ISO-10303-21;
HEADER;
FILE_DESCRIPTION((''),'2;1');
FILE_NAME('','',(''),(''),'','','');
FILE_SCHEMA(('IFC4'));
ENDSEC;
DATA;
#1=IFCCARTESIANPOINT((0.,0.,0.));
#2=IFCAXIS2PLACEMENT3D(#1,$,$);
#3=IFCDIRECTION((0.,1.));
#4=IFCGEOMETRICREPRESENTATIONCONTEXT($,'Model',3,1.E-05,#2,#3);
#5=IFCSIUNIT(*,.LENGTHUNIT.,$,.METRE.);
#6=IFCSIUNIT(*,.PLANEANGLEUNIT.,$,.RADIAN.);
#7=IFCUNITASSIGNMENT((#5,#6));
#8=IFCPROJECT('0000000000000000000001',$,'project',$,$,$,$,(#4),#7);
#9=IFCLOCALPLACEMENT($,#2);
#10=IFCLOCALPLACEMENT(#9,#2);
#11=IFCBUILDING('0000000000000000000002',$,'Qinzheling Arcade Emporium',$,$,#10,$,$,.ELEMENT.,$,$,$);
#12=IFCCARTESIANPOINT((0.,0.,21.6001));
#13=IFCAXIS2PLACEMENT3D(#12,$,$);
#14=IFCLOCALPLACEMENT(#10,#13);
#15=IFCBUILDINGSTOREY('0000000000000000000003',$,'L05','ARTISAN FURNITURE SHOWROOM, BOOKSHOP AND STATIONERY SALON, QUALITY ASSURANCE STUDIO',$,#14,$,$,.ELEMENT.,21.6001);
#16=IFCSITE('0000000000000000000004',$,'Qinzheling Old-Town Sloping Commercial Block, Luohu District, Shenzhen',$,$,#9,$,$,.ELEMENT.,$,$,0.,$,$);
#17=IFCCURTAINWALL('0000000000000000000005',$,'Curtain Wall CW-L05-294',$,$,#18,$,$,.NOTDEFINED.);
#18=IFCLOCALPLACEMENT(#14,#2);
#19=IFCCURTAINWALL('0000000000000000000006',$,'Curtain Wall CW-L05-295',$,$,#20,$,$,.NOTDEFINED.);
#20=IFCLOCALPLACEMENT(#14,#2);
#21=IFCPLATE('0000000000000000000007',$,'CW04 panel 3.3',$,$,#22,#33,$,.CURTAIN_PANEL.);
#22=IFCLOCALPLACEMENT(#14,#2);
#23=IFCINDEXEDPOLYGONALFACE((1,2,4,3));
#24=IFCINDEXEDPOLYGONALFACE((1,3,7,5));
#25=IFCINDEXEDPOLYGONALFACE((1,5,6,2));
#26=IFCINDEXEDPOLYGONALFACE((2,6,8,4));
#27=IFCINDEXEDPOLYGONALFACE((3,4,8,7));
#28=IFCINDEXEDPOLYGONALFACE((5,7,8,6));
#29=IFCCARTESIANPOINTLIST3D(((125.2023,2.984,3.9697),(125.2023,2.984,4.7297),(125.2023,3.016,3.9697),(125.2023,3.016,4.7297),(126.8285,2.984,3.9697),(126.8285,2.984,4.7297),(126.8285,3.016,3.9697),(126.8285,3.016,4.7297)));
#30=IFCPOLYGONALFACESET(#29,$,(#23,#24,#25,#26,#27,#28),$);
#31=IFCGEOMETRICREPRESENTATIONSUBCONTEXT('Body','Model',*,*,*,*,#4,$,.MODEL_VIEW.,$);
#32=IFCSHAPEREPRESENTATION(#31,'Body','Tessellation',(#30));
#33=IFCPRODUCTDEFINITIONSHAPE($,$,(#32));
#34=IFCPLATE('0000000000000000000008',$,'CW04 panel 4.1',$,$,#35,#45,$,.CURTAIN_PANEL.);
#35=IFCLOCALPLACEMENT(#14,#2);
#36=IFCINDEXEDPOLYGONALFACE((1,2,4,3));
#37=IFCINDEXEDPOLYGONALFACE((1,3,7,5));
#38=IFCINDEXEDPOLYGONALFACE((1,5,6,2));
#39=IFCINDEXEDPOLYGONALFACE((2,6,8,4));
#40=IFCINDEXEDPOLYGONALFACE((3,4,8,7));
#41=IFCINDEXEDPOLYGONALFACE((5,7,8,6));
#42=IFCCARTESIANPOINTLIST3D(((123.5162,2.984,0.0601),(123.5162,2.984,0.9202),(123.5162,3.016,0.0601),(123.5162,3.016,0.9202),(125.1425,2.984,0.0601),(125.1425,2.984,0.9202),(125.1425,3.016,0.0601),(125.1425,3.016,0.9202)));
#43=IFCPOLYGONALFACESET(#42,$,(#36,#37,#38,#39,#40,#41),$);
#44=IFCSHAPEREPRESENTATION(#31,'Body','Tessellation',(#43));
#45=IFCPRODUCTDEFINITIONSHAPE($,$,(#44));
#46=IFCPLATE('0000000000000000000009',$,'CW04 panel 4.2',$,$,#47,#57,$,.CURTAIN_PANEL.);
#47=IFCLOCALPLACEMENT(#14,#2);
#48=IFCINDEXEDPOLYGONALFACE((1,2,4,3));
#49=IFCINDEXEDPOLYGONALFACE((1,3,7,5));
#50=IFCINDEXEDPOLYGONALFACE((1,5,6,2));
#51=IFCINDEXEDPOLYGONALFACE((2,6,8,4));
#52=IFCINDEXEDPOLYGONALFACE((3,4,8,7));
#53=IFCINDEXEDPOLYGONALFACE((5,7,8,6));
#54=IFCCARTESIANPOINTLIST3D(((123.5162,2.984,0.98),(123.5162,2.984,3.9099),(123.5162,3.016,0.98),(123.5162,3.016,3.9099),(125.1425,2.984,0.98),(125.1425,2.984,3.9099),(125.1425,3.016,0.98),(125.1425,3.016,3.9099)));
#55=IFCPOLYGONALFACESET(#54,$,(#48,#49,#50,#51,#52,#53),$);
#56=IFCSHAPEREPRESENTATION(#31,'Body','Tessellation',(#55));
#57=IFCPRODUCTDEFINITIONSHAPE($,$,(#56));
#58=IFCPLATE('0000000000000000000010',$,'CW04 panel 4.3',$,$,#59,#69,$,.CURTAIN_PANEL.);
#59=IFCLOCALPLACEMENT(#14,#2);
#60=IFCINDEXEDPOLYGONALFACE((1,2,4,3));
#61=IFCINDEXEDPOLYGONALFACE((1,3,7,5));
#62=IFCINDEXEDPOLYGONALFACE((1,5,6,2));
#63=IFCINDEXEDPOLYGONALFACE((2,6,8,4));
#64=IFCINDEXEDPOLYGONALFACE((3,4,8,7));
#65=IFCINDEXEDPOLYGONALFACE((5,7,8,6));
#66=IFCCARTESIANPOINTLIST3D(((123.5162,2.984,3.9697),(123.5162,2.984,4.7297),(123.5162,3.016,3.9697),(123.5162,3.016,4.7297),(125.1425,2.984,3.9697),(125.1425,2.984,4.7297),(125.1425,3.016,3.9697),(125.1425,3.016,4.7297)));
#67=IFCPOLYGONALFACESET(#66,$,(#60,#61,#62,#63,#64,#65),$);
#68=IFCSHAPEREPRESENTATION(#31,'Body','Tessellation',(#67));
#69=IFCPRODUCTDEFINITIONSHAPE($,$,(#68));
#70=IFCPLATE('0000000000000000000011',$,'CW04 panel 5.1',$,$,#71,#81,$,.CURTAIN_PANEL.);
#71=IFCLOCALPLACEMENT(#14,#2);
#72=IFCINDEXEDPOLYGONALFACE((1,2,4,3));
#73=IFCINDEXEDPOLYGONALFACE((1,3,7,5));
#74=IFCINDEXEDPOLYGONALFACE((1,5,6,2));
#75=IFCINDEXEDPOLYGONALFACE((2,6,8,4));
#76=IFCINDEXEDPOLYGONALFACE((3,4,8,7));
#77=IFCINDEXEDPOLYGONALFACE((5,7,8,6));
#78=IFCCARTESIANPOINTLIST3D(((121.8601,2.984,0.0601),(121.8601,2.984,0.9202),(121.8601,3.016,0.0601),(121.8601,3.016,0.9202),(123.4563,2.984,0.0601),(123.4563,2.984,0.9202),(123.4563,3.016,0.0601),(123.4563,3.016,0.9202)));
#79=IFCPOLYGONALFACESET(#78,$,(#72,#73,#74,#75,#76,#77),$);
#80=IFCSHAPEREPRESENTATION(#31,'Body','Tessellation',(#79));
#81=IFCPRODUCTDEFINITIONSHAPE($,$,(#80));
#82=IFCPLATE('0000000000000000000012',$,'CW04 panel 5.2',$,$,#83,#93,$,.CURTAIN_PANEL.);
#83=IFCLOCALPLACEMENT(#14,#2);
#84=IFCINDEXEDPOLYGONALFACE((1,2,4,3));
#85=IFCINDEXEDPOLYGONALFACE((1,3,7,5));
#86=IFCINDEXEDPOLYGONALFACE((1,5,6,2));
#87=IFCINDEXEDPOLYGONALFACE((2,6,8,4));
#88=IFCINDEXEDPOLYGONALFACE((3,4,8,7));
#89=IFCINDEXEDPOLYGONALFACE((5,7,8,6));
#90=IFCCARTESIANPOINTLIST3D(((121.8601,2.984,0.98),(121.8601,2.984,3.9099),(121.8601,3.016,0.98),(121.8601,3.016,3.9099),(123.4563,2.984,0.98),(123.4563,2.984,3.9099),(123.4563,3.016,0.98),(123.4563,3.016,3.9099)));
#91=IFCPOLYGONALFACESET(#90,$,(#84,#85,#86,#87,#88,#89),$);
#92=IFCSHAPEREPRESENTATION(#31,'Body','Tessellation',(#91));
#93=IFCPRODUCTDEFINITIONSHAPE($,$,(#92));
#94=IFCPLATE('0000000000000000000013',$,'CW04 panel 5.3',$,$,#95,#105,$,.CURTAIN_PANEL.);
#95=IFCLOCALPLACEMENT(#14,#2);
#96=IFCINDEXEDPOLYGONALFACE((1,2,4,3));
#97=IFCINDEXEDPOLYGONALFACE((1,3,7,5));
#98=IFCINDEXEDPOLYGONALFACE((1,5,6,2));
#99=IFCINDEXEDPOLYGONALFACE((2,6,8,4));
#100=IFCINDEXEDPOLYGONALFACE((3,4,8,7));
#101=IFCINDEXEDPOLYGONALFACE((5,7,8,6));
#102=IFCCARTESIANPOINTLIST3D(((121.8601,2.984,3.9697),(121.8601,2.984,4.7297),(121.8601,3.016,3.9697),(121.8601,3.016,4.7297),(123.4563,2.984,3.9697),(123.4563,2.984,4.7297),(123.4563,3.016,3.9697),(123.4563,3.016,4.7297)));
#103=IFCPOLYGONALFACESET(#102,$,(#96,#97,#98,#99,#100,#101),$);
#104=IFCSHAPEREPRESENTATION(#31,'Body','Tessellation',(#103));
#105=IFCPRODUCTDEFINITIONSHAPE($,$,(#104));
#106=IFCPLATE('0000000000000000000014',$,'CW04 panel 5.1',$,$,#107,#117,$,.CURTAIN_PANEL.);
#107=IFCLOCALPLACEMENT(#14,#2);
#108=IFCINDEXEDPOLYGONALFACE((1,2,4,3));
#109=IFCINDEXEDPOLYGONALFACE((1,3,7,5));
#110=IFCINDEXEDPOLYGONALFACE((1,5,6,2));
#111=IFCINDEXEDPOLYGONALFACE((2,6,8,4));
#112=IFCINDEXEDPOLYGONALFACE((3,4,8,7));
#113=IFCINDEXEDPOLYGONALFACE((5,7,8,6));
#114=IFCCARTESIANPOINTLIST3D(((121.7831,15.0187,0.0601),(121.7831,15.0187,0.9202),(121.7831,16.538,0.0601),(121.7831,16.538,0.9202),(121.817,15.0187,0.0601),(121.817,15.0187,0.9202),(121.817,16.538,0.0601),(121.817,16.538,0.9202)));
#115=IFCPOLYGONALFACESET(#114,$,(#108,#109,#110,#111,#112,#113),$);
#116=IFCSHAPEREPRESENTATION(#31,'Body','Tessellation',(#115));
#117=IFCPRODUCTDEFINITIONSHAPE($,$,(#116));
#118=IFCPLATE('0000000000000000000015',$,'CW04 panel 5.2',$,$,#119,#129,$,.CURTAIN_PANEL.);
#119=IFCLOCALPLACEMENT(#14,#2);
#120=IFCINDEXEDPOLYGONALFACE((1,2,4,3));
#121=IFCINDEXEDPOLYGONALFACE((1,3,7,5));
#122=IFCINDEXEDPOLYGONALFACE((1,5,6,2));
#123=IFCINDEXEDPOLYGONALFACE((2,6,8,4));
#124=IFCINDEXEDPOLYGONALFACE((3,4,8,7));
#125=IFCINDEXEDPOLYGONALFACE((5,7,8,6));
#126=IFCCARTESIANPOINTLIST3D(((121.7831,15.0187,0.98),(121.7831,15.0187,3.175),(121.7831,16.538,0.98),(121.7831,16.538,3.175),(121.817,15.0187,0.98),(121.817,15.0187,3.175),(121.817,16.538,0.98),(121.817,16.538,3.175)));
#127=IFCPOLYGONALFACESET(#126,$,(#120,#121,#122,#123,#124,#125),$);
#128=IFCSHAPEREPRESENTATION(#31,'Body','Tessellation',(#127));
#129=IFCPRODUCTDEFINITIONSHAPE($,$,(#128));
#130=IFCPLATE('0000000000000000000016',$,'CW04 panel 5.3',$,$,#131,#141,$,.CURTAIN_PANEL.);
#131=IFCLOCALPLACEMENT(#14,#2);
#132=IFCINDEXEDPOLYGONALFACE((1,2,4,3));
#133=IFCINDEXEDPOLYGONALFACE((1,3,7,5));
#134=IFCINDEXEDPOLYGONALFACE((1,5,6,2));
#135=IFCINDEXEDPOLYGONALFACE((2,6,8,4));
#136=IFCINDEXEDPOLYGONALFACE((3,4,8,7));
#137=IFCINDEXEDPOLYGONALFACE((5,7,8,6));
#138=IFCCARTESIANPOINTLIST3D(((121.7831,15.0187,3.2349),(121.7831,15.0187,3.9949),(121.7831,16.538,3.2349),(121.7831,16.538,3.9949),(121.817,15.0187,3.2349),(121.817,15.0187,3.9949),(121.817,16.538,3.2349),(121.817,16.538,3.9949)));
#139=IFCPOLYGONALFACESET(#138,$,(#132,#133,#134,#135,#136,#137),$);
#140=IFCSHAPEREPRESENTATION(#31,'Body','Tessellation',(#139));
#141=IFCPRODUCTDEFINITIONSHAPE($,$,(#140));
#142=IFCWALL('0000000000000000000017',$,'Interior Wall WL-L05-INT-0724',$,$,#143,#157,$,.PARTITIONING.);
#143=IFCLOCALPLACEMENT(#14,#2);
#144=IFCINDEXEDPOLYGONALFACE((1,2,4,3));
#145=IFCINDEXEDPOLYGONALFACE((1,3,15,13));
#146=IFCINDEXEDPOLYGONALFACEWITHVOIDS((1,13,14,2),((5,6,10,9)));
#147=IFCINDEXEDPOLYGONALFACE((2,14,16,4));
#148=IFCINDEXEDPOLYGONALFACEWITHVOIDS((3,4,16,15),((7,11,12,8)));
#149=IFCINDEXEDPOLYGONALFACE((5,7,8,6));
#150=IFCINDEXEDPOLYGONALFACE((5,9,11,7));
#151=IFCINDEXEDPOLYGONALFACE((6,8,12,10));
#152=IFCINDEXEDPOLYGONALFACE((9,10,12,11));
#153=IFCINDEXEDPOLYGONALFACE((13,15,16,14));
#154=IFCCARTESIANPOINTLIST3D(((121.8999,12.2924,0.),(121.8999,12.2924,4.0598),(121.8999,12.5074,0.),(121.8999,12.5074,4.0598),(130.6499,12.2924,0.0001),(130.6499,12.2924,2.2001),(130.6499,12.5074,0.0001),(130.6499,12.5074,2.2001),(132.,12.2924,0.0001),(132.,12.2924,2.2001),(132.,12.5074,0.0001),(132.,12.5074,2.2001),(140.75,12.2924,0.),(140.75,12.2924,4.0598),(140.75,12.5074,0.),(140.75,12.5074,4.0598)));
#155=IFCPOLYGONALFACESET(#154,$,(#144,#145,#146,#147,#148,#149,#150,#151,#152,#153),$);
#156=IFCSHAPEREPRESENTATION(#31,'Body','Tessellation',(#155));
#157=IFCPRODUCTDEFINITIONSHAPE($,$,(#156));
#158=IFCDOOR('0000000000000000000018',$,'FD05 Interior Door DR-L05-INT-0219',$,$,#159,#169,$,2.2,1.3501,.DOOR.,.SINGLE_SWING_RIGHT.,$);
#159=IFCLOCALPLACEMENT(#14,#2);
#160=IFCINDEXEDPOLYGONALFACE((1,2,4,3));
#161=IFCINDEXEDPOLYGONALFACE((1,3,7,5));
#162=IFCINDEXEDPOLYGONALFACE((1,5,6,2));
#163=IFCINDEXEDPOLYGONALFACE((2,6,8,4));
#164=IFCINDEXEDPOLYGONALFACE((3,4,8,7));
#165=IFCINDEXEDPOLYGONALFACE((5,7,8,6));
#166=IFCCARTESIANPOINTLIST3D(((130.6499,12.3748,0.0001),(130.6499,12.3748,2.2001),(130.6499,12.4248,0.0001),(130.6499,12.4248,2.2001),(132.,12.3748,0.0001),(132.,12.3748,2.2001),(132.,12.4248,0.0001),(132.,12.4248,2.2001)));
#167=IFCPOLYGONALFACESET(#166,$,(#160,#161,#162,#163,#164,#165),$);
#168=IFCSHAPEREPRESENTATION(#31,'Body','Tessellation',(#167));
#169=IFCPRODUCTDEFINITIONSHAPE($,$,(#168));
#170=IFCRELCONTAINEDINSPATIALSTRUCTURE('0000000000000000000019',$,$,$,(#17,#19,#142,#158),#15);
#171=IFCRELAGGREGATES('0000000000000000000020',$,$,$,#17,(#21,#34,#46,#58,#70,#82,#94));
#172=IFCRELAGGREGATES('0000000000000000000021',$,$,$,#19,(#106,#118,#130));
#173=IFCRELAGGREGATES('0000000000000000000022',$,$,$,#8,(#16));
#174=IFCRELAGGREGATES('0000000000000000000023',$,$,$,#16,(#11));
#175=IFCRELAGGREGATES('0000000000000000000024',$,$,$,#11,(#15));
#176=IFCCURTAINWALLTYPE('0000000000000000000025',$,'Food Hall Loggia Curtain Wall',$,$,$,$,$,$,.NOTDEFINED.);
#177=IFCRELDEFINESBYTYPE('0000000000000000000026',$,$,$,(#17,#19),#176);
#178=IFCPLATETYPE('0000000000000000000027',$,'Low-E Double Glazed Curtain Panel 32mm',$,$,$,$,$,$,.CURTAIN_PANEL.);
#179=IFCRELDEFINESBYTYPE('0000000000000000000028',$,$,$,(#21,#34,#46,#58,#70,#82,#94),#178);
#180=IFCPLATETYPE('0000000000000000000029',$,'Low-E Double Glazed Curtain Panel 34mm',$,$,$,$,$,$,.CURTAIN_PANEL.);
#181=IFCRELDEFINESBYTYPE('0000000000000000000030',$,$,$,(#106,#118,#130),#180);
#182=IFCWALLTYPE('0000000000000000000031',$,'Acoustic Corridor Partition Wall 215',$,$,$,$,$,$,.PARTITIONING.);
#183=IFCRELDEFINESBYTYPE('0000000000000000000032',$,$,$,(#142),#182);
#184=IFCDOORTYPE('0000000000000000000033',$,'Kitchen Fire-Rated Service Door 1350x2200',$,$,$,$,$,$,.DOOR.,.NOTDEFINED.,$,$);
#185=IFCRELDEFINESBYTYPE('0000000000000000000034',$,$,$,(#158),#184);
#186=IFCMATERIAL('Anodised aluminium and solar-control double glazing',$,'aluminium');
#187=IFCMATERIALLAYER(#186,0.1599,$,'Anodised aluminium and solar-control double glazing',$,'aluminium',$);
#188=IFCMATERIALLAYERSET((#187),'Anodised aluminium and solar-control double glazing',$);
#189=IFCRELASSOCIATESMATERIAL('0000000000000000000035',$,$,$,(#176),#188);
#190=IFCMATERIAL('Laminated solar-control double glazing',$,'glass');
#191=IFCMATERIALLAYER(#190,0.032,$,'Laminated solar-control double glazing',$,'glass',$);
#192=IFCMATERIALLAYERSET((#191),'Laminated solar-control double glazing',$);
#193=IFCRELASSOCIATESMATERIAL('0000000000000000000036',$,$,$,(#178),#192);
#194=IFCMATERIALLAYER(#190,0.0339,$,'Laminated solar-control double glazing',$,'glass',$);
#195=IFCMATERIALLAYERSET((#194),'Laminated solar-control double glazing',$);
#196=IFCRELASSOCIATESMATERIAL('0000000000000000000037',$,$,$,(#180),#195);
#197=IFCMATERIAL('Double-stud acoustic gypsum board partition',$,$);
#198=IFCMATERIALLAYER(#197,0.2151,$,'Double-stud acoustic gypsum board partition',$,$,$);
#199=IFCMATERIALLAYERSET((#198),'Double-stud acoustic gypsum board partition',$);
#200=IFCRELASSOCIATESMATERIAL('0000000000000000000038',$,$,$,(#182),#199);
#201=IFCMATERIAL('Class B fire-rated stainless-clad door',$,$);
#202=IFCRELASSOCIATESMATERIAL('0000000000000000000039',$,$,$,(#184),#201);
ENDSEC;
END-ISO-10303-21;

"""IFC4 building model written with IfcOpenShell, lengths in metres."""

from ifc_helpers import new_model, si_unit, direction, frame, frame_2d, origin, origin_2d, place, context, subcontext, project, spatial, rectangle, extrude, material, layer, layer_set, type_object, element, fill, aggregate, save


model = new_model("IFC4")

# Units and contexts
model_context = context("Model", 3, precision=1e-05, world=origin(), true_north=direction((0.0, 1.0)))
body_context = subcontext(model_context, "Body", "Model", "MODEL_VIEW")
ifc_project = project(units=[si_unit("LENGTHUNIT", "METRE"), si_unit("PLANEANGLEUNIT", "RADIAN")], contexts=[model_context])

# Site, building, storey
site_placement = place(None, origin())
site = spatial("IfcSite", under=ifc_project, at=site_placement, Name="Qinzheling Old-Town Sloping Commercial Block, Luohu District, Shenzhen", CompositionType="ELEMENT", RefElevation=0.0)
building_placement = place(site_placement, origin())
building = spatial("IfcBuilding", under=site, at=building_placement, Name="Qinzheling Arcade Emporium", CompositionType="ELEMENT")
storey_placement = place(building_placement, frame((0.0, 0.0, 21.6001)))
storey = spatial("IfcBuildingStorey", under=building, at=storey_placement, Name="L05", Description="ARTISAN FURNITURE SHOWROOM, BOOKSHOP AND STATIONERY SALON, QUALITY ASSURANCE STUDIO", CompositionType="ELEMENT", Elevation=21.6001)

# Curtain wall
ifc_material_1 = material(Name="Anodised aluminium and solar-control double glazing", Category="aluminium")
ifc_layer_1 = layer(ifc_material_1, 0.1599, Name="Anodised aluminium and solar-control double glazing", Category="aluminium")
ifc_layer_set_1 = layer_set([ifc_layer_1], Name="Anodised aluminium and solar-control double glazing")
curtain_wall_type = type_object("IfcCurtainWallType", Name="Food Hall Loggia Curtain Wall", PredefinedType="NOTDEFINED", material=ifc_layer_set_1)
curtain_wall_1_placement = place(storey_placement, origin())
curtain_wall_1 = element("IfcCurtainWall", 1, at=curtain_wall_1_placement, inside=storey, type_object=curtain_wall_type, Name="Curtain Wall CW-L05-294", PredefinedType="NOTDEFINED")

# Curtain wall
curtain_wall_2_placement = place(storey_placement, origin())
curtain_wall_2 = element("IfcCurtainWall", 2, at=curtain_wall_2_placement, inside=storey, type_object=curtain_wall_type, Name="Curtain Wall CW-L05-295", PredefinedType="NOTDEFINED")

# Plates
ifc_material_2 = material(Name="Laminated solar-control double glazing", Category="glass")
ifc_layer_2 = layer(ifc_material_2, 0.032, Name="Laminated solar-control double glazing", Category="glass")
ifc_layer_set_2 = layer_set([ifc_layer_2], Name="Laminated solar-control double glazing")
plate_type_1 = type_object("IfcPlateType", Name="Low-E Double Glazed Curtain Panel 32mm", PredefinedType="CURTAIN_PANEL", material=ifc_layer_set_2)
plate_1_placement = place(storey_placement, frame((126.0154, 3.0, 3.9697), z_axis=(0.0, 0.0, 1.0), x_axis=(-1.0, 0.0, 0.0)))
plate_1 = element("IfcPlate", 3, at=plate_1_placement, type_object=plate_type_1, Name="CW04 panel 3.3", PredefinedType="CURTAIN_PANEL", context=body_context, shape_type="SweptSolid", body=[
    extrude(rectangle(XDim=1.6262, YDim=0.032, at=origin_2d()), origin(), (0.0, 0.0, 1.0), 0.76),
])
plate_2_placement = place(storey_placement, frame((124.3293, 3.0, 0.0601), z_axis=(0.0, 0.0, 1.0), x_axis=(-1.0, 0.0, 0.0)))
plate_2 = element("IfcPlate", 4, at=plate_2_placement, type_object=plate_type_1, Name="CW04 panel 4.1", PredefinedType="CURTAIN_PANEL", context=body_context, shape_type="SweptSolid", body=[
    extrude(rectangle(XDim=1.6262, YDim=0.032, at=origin_2d()), origin(), (0.0, 0.0, 1.0), 0.8601),
])
plate_3_placement = place(storey_placement, frame((124.3293, 3.0, 0.98), z_axis=(0.0, 0.0, 1.0), x_axis=(-1.0, 0.0, 0.0)))
plate_3 = element("IfcPlate", 5, at=plate_3_placement, type_object=plate_type_1, Name="CW04 panel 4.2", PredefinedType="CURTAIN_PANEL", context=body_context, shape_type="SweptSolid", body=[
    extrude(rectangle(XDim=1.6262, YDim=0.032, at=origin_2d()), origin(), (0.0, 0.0, 1.0), 2.9299),
])
plate_4_placement = place(storey_placement, frame((124.3293, 3.0, 3.9697), z_axis=(0.0, 0.0, 1.0), x_axis=(-1.0, 0.0, 0.0)))
plate_4 = element("IfcPlate", 6, at=plate_4_placement, type_object=plate_type_1, Name="CW04 panel 4.3", PredefinedType="CURTAIN_PANEL", context=body_context, shape_type="SweptSolid", body=[
    extrude(rectangle(XDim=1.6262, YDim=0.032, at=origin_2d()), origin(), (0.0, 0.0, 1.0), 0.76),
])
plate_5_placement = place(storey_placement, frame((122.6582, 3.0, 0.0601), z_axis=(0.0, 0.0, 1.0), x_axis=(-1.0, 0.0, 0.0)))
plate_5 = element("IfcPlate", 7, at=plate_5_placement, type_object=plate_type_1, Name="CW04 panel 5.1", PredefinedType="CURTAIN_PANEL", context=body_context, shape_type="SweptSolid", body=[
    extrude(rectangle(XDim=1.5962, YDim=0.032, at=origin_2d()), origin(), (0.0, 0.0, 1.0), 0.8601),
])
plate_6_placement = place(storey_placement, frame((122.6582, 3.0, 0.98), z_axis=(0.0, 0.0, 1.0), x_axis=(-1.0, 0.0, 0.0)))
plate_6 = element("IfcPlate", 8, at=plate_6_placement, type_object=plate_type_1, Name="CW04 panel 5.2", PredefinedType="CURTAIN_PANEL", context=body_context, shape_type="SweptSolid", body=[
    extrude(rectangle(XDim=1.5962, YDim=0.032, at=origin_2d()), origin(), (0.0, 0.0, 1.0), 2.9299),
])
plate_7_placement = place(storey_placement, frame((122.6582, 3.0, 3.9697), z_axis=(0.0, 0.0, 1.0), x_axis=(-1.0, 0.0, 0.0)))
plate_7 = element("IfcPlate", 9, at=plate_7_placement, type_object=plate_type_1, Name="CW04 panel 5.3", PredefinedType="CURTAIN_PANEL", context=body_context, shape_type="SweptSolid", body=[
    extrude(rectangle(XDim=1.5962, YDim=0.032, at=origin_2d()), origin(), (0.0, 0.0, 1.0), 0.76),
])
aggregate(curtain_wall_1, [plate_1, plate_2, plate_3, plate_4, plate_5, plate_6, plate_7])
ifc_layer_3 = layer(ifc_material_2, 0.0339, Name="Laminated solar-control double glazing", Category="glass")
ifc_layer_set_3 = layer_set([ifc_layer_3], Name="Laminated solar-control double glazing")
plate_type_2 = type_object("IfcPlateType", Name="Low-E Double Glazed Curtain Panel 34mm", PredefinedType="CURTAIN_PANEL", material=ifc_layer_set_3)
plate_8_placement = place(storey_placement, frame((121.8, 15.7783, 0.0601), z_axis=(0.0, 0.0, 1.0), x_axis=(0.0, 1.0, 0.0)))
plate_8 = element("IfcPlate", 10, at=plate_8_placement, type_object=plate_type_2, Name="CW04 panel 5.1", PredefinedType="CURTAIN_PANEL", context=body_context, shape_type="SweptSolid", body=[
    extrude(rectangle(XDim=1.5193, YDim=0.0339, at=origin_2d()), origin(), (0.0, 0.0, 1.0), 0.8601),
])
plate_9_placement = place(storey_placement, frame((121.8, 15.7783, 0.98), z_axis=(0.0, 0.0, 1.0), x_axis=(0.0, 1.0, 0.0)))
plate_9 = element("IfcPlate", 11, at=plate_9_placement, type_object=plate_type_2, Name="CW04 panel 5.2", PredefinedType="CURTAIN_PANEL", context=body_context, shape_type="SweptSolid", body=[
    extrude(rectangle(XDim=1.5193, YDim=0.0339, at=origin_2d()), origin(), (0.0, 0.0, 1.0), 2.1951),
])
plate_10_placement = place(storey_placement, frame((121.8, 15.7783, 3.2349), z_axis=(0.0, 0.0, 1.0), x_axis=(0.0, 1.0, 0.0)))
plate_10 = element("IfcPlate", 12, at=plate_10_placement, type_object=plate_type_2, Name="CW04 panel 5.3", PredefinedType="CURTAIN_PANEL", context=body_context, shape_type="SweptSolid", body=[
    extrude(rectangle(XDim=1.5193, YDim=0.0339, at=origin_2d()), origin(), (0.0, 0.0, 1.0), 0.76),
])
aggregate(curtain_wall_2, [plate_8, plate_9, plate_10])

# Wall, opening, door
ifc_material_3 = material(Name="Double-stud acoustic gypsum board partition")
ifc_layer_4 = layer(ifc_material_3, 0.2151, Name="Double-stud acoustic gypsum board partition")
ifc_layer_set_4 = layer_set([ifc_layer_4], Name="Double-stud acoustic gypsum board partition")
wall_type = type_object("IfcWallType", Name="Acoustic Corridor Partition Wall 215", PredefinedType="PARTITIONING", material=ifc_layer_set_4)
wall_placement = place(storey_placement, frame((121.8999, 12.3999, 0.0), z_axis=(0.0, 0.0, 1.0), x_axis=(1.0, 0.0, 0.0)))
wall = element("IfcWall", 13, at=wall_placement, inside=storey, type_object=wall_type, Name="Interior Wall WL-L05-INT-0724", PredefinedType="PARTITIONING", context=body_context, shape_type="SweptSolid", body=[
    extrude(rectangle(XDim=18.8501, YDim=0.2151, at=frame_2d((9.425, 0.0))), origin(), (0.0, 0.0, 1.0), 4.0598),
])
opening_placement = place(wall_placement, frame((8.75, 0.0, 0.0)))
opening = element("IfcOpeningElement", 14, at=opening_placement, cuts=wall, PredefinedType="OPENING", context=body_context, shape_type="SweptSolid", body=[
    extrude(rectangle(XDim=1.3501, YDim=2.2, at=frame_2d((0.675, 1.1001))), frame((0.0, 0.1177, 0.0), z_axis=(0.0, -1.0, 0.0), x_axis=(1.0, 0.0, 0.0)), (0.0, 0.0, 1.0), 0.2351),
])
ifc_material_4 = material(Name="Class B fire-rated stainless-clad door")
door_type = type_object("IfcDoorType", Name="Kitchen Fire-Rated Service Door 1350x2200", OperationType="NOTDEFINED", PredefinedType="DOOR", material=ifc_material_4)
door_placement = place(opening_placement, origin())
door = element("IfcDoor", 15, at=door_placement, inside=storey, type_object=door_type, Name="FD05 Interior Door DR-L05-INT-0219", OperationType="SINGLE_SWING_RIGHT", OverallHeight=2.2, OverallWidth=1.3501, PredefinedType="DOOR", context=body_context, shape_type="SweptSolid", body=[
    extrude(rectangle(XDim=1.3501, YDim=2.2, at=frame_2d((0.675, 1.1001))), frame((0.0, 0.0249, 0.0), z_axis=(0.0, -1.0, 0.0), x_axis=(1.0, 0.0, 0.0)), (0.0, 0.0, 1.0), 0.05),
])
fill(opening, door)

save(model, "model.ifc")
